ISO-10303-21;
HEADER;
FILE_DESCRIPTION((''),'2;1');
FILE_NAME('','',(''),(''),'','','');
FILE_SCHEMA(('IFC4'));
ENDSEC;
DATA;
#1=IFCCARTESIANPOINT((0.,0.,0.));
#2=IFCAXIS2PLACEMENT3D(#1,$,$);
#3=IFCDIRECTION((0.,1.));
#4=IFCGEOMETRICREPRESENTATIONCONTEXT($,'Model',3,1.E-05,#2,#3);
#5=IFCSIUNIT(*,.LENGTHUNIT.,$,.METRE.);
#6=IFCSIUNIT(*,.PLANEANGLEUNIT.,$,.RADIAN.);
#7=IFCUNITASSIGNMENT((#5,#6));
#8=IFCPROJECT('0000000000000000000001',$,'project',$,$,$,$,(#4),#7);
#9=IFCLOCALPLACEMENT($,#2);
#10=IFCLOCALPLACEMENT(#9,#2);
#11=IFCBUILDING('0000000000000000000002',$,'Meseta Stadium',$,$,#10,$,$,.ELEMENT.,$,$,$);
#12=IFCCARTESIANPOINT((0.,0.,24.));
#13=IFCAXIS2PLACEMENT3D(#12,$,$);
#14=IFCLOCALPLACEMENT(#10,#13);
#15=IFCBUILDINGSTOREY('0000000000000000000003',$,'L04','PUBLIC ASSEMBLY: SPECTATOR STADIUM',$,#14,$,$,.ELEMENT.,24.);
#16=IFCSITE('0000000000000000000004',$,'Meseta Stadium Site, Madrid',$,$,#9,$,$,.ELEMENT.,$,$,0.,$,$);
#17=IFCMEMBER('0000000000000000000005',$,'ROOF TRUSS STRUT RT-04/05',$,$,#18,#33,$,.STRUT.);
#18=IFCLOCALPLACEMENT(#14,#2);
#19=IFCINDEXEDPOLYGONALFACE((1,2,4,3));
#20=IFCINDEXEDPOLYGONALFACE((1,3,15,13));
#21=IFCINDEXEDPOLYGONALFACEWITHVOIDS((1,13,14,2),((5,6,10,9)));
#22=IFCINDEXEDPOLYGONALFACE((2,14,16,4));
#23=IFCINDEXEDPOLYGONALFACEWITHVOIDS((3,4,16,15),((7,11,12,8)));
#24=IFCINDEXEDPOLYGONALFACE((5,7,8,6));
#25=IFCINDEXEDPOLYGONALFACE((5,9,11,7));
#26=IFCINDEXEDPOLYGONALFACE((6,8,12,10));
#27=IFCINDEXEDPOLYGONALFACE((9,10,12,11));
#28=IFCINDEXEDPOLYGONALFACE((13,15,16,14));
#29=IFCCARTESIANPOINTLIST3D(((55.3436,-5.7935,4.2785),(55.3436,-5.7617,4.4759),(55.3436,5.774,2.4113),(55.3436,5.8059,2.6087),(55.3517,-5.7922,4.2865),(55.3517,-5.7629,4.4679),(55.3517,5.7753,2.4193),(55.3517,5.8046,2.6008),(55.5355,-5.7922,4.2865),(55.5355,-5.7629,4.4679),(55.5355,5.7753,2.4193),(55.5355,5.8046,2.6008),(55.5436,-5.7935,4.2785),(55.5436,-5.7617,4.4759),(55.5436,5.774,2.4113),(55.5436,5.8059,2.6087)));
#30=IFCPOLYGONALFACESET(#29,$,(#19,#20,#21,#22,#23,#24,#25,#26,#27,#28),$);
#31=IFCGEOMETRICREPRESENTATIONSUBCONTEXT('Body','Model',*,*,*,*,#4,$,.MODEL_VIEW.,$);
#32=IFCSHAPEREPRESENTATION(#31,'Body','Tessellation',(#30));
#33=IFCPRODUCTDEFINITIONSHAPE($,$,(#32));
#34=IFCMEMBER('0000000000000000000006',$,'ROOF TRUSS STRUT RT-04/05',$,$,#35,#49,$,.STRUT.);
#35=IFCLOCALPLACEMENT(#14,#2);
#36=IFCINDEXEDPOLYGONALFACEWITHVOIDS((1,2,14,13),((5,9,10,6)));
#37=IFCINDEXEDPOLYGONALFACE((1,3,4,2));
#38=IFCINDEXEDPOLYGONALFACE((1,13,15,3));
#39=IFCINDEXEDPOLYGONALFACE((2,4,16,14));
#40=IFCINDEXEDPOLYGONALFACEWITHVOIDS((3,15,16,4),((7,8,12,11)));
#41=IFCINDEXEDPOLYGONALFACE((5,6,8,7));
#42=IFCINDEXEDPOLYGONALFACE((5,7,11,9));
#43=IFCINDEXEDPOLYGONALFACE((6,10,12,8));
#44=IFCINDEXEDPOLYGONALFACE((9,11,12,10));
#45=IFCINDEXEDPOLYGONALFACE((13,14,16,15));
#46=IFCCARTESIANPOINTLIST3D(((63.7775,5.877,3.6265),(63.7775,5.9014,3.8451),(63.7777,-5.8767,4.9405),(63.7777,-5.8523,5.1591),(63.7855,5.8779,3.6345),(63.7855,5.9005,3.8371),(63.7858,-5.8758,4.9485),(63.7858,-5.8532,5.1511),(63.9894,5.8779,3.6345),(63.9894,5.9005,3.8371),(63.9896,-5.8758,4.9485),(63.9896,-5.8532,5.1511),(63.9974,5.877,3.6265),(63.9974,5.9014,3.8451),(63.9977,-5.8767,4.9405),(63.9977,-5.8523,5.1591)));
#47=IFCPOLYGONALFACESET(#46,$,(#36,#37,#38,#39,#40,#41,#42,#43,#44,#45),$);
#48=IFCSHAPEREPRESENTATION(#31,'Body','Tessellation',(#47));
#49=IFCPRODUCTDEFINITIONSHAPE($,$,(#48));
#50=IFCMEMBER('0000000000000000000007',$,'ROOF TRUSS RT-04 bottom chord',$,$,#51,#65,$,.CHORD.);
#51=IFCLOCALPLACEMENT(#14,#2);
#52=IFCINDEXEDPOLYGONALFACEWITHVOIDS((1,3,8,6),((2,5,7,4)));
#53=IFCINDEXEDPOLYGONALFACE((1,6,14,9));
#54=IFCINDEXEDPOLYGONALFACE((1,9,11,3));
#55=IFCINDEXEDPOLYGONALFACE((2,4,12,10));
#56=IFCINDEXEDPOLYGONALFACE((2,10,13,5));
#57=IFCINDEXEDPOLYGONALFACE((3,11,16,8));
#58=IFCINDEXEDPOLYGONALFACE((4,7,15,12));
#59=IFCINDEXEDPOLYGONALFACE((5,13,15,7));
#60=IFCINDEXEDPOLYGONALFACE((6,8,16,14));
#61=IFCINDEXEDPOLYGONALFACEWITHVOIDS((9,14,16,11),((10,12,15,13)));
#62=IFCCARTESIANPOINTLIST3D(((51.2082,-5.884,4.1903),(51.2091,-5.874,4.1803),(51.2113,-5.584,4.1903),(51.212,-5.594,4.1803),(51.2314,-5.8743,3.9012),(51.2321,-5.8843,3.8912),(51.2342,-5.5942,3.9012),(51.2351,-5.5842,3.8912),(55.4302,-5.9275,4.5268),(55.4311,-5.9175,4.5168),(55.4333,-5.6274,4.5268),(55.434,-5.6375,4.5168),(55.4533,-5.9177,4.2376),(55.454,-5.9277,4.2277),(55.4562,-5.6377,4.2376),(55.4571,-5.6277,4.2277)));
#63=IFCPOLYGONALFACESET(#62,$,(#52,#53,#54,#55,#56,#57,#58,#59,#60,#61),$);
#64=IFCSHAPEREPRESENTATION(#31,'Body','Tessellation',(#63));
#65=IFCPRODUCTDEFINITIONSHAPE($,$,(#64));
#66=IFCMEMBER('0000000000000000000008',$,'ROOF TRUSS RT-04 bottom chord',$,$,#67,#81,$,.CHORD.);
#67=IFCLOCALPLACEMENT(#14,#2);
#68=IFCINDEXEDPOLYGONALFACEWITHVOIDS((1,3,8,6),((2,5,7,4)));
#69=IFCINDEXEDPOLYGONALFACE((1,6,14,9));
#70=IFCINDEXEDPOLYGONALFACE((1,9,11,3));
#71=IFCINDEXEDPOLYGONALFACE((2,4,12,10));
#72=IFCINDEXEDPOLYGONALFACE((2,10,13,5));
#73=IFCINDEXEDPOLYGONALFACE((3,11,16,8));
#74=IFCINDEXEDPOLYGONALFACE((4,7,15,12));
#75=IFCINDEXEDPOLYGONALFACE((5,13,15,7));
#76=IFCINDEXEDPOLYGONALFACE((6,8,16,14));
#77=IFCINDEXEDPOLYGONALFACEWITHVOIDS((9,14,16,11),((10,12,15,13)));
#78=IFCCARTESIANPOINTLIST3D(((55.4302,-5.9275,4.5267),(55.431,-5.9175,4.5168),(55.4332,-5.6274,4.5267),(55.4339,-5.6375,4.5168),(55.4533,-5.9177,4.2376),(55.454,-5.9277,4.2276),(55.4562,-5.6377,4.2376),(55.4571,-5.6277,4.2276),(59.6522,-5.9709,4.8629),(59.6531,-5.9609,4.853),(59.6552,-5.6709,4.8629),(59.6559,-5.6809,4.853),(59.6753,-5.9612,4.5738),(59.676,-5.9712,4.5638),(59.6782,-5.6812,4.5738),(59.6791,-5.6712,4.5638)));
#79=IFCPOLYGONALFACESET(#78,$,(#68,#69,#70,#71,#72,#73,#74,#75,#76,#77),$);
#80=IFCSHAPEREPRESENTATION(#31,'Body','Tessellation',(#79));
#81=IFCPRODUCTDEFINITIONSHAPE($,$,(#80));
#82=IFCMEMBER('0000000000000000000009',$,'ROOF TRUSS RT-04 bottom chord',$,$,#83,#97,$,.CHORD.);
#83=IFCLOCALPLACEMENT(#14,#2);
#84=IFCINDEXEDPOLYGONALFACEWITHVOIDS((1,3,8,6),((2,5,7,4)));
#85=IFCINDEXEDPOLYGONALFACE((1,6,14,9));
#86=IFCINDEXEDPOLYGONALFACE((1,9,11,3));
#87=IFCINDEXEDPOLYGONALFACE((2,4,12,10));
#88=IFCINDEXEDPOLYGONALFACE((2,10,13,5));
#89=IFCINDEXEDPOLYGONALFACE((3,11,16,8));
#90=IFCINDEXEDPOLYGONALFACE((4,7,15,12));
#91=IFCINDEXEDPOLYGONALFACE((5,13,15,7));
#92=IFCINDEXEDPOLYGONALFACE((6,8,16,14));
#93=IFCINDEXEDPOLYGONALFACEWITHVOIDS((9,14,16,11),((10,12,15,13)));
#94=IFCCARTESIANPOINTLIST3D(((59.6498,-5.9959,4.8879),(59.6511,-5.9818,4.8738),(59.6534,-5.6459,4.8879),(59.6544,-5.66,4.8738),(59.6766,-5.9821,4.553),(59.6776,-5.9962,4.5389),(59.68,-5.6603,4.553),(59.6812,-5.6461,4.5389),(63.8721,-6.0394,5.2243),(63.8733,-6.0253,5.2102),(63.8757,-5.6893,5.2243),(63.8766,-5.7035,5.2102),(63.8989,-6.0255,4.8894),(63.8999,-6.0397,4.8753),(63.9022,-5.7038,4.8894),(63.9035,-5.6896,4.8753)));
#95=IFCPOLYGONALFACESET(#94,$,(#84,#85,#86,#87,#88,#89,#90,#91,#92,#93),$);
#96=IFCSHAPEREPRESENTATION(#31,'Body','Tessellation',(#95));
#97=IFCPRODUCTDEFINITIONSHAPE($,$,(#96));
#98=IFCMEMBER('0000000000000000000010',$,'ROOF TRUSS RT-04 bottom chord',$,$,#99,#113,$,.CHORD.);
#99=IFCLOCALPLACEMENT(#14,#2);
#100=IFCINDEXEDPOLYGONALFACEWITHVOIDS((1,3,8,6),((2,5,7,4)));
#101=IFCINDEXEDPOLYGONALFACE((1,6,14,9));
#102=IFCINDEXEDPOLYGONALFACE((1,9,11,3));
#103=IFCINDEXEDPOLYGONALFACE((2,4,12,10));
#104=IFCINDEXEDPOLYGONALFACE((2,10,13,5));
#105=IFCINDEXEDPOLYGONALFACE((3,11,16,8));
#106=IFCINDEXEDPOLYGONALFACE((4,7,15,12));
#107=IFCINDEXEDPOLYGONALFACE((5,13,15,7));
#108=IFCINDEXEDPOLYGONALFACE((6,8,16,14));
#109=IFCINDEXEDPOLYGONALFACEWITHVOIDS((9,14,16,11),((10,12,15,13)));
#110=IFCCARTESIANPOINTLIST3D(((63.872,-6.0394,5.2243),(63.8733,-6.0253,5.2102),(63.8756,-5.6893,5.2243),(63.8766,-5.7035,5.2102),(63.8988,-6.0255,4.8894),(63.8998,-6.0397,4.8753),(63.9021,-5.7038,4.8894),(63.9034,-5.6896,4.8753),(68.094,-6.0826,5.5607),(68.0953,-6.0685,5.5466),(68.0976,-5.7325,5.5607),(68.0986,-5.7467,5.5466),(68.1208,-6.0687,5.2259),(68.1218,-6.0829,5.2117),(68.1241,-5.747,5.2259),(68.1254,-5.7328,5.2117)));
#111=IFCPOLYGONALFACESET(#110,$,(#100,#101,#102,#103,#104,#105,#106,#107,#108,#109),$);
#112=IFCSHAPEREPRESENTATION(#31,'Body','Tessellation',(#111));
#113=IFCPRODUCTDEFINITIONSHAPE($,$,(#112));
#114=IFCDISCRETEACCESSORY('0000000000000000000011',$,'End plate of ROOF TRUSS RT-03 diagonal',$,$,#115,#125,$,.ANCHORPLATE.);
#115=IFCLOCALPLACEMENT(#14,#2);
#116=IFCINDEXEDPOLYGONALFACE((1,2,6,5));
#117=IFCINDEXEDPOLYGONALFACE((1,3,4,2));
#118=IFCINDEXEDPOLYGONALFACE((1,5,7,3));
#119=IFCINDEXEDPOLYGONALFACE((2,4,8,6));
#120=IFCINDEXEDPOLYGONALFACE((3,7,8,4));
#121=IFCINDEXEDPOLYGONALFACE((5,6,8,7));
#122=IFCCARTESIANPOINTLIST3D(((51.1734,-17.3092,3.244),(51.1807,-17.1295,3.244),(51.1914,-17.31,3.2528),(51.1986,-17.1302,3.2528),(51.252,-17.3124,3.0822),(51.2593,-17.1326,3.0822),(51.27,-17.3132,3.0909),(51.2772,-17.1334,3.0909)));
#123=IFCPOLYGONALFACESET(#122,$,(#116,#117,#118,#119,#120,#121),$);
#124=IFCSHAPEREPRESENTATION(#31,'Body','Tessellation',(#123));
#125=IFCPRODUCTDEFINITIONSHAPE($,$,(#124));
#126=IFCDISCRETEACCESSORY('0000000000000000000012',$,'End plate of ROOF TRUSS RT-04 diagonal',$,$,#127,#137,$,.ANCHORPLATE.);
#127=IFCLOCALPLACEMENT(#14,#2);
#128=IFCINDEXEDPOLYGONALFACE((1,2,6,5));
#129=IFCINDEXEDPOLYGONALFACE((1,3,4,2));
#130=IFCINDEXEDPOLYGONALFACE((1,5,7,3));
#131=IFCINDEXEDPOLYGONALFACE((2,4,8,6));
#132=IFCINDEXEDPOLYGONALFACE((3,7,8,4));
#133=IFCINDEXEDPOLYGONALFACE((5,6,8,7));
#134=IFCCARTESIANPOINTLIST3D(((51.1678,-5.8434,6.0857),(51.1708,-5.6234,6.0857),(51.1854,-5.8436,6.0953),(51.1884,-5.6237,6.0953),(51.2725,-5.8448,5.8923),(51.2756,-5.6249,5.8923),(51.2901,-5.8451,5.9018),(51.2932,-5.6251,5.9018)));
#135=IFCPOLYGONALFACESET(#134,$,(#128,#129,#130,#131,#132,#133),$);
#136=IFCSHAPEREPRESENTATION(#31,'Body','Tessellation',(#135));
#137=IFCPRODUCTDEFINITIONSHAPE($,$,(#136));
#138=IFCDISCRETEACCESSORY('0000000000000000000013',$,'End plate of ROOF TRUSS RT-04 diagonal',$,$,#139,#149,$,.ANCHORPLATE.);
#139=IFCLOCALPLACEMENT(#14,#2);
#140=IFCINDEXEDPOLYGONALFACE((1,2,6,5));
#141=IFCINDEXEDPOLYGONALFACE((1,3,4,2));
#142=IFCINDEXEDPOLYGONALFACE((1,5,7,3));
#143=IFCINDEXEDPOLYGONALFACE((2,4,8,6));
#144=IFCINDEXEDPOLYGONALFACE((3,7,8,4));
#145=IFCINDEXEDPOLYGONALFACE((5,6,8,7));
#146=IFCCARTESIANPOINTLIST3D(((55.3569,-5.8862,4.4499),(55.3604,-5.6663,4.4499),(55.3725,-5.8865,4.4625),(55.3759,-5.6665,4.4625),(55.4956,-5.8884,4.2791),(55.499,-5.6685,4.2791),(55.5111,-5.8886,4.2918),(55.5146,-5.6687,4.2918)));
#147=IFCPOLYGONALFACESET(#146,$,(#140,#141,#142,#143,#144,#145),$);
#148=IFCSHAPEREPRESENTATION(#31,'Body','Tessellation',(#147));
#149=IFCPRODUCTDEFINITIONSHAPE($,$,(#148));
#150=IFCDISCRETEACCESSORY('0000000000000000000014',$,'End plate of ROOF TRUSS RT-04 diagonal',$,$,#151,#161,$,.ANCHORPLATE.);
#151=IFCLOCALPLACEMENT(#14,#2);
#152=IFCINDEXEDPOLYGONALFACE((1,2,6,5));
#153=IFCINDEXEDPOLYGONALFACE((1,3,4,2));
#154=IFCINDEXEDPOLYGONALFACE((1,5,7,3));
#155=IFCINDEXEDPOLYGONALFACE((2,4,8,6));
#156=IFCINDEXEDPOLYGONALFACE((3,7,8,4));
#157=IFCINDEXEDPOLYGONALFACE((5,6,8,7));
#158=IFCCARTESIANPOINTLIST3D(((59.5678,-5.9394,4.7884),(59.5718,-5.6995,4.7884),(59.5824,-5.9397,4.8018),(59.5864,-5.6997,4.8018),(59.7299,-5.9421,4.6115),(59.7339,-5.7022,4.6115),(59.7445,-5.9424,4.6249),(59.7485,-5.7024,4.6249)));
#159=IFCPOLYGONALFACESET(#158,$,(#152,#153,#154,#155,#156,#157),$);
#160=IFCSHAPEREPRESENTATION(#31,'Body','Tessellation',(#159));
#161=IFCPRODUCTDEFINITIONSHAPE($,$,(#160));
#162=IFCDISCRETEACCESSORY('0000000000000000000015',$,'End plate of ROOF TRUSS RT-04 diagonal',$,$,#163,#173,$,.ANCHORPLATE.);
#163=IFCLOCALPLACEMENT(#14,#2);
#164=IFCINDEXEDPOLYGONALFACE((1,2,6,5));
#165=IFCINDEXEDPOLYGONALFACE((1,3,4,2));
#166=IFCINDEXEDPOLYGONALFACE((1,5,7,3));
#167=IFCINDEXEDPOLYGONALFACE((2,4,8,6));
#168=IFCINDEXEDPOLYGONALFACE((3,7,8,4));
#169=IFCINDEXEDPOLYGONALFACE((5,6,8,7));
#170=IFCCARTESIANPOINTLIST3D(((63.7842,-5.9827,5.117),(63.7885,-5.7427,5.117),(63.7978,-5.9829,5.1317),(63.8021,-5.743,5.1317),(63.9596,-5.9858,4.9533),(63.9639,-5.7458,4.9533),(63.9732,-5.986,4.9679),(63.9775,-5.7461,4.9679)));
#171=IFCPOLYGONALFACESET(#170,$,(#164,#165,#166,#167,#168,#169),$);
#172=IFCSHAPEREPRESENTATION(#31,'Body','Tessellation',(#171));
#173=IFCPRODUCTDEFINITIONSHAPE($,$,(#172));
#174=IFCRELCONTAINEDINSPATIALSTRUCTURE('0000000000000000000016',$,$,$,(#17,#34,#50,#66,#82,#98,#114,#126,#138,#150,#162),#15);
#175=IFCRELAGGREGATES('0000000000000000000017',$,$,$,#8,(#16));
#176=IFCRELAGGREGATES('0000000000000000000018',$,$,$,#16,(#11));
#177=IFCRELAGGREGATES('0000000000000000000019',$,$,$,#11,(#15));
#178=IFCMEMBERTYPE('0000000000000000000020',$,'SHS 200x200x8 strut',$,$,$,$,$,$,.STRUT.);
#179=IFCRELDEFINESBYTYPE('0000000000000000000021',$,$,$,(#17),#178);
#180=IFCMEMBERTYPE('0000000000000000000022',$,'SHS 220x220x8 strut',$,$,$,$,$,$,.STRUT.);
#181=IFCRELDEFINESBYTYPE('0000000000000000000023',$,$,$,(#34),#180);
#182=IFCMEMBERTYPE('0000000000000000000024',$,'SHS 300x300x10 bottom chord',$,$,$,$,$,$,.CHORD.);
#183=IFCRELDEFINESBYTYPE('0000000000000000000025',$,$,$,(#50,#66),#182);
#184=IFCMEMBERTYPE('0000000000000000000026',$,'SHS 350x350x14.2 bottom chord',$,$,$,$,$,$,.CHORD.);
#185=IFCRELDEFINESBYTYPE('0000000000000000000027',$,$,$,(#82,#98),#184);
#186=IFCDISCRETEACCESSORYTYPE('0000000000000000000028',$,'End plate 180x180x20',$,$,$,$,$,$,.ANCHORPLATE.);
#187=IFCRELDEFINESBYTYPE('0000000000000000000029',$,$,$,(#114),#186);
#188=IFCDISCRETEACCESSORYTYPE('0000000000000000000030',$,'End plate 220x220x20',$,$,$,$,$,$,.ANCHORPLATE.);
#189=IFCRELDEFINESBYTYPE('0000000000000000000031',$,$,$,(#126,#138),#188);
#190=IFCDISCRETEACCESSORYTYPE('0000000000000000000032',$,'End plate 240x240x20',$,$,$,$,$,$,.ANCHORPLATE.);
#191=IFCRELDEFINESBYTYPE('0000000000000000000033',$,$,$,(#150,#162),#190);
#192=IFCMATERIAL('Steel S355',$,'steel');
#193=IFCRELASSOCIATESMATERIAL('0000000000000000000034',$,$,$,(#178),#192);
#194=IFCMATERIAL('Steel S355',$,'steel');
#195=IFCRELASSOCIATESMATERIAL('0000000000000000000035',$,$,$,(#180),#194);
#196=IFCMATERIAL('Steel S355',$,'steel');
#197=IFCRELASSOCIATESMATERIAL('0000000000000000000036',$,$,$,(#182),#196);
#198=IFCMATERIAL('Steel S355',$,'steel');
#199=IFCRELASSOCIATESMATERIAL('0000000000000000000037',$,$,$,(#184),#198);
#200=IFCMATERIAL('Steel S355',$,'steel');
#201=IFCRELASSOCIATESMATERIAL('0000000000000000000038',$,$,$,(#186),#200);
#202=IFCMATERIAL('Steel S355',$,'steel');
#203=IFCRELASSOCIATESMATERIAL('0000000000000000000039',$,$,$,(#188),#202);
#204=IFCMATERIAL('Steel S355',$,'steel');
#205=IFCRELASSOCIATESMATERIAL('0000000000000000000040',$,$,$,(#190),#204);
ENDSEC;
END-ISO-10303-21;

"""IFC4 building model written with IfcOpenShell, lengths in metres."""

from ifc_helpers import new_model, si_unit, direction, frame, origin, origin_2d, place, context, subcontext, project, spatial, rectangle, hollow_rectangle, extrude, material, material_profile, profile_set, type_object, element, save


model = new_model("IFC4")

# Units and contexts
model_context = context("Model", 3, precision=1e-05, world=origin(), true_north=direction((0.0, 1.0)))
body_context = subcontext(model_context, "Body", "Model", "MODEL_VIEW")
ifc_project = project(units=[si_unit("LENGTHUNIT", "METRE"), si_unit("PLANEANGLEUNIT", "RADIAN")], contexts=[model_context])

# Site, building, storey
site_placement = place(None, origin())
site = spatial("IfcSite", under=ifc_project, at=site_placement, Name="Meseta Stadium Site, Madrid", CompositionType="ELEMENT", RefElevation=0.0)
building_placement = place(site_placement, origin())
building = spatial("IfcBuilding", under=site, at=building_placement, Name="Meseta Stadium", CompositionType="ELEMENT")
storey_placement = place(building_placement, frame((0.0, 0.0, 24.0)))
storey = spatial("IfcBuildingStorey", under=building, at=storey_placement, Name="L04", Description="PUBLIC ASSEMBLY: SPECTATOR STADIUM", CompositionType="ELEMENT", Elevation=24.0)

# Members
ifc_material_1 = material(Name="Steel S355", Category="steel")
ifc_material_profile_1 = material_profile(ifc_material_1, hollow_rectangle(XDim=0.2, YDim=0.2, WallThickness=0.0081, at=origin_2d()), Name="SHS 200x200x8")
ifc_profile_set_1 = profile_set([ifc_material_profile_1], Name="Steel S355")
member_type_1 = type_object("IfcMemberType", Name="SHS 200x200x8 strut", PredefinedType="STRUT", material=ifc_profile_set_1)
member_1_placement = place(storey_placement, frame((55.4436, -5.7776, 4.3772), z_axis=(0.0, 0.987222, -0.159352), x_axis=(-1.0, 0.0, 0.0)))
element("IfcMember", 1, at=member_1_placement, inside=storey, type_object=member_type_1, Name="ROOF TRUSS STRUT RT-04/05", PredefinedType="STRUT", context=body_context, shape_type="SweptSolid", body=[
    extrude(hollow_rectangle(XDim=0.2, YDim=0.2, WallThickness=0.0081, at=origin_2d()), origin(), (0.0, 0.0, 1.0), 11.7173),
])
ifc_material_2 = material(Name="Steel S355", Category="steel")
ifc_material_profile_2 = material_profile(ifc_material_2, hollow_rectangle(XDim=0.22, YDim=0.22, WallThickness=0.0081, at=origin_2d()), Name="SHS 220x220x8")
ifc_profile_set_2 = profile_set([ifc_material_profile_2], Name="Steel S355")
member_type_2 = type_object("IfcMemberType", Name="SHS 220x220x8 strut", PredefinedType="STRUT", material=ifc_profile_set_2)
member_2_placement = place(storey_placement, frame((63.8877, -5.8645, 5.0498), z_axis=(-0.000021, 0.993809, -0.1111), x_axis=(-1.0, -0.000021, 0.0)))
element("IfcMember", 2, at=member_2_placement, inside=storey, type_object=member_type_2, Name="ROOF TRUSS STRUT RT-04/05", PredefinedType="STRUT", context=body_context, shape_type="SweptSolid", body=[
    extrude(hollow_rectangle(XDim=0.22, YDim=0.22, WallThickness=0.0081, at=origin_2d()), origin(), (0.0, 0.0, 1.0), 11.8269),
])
ifc_material_3 = material(Name="Steel S355", Category="steel")
ifc_material_profile_3 = material_profile(ifc_material_3, hollow_rectangle(XDim=0.3, YDim=0.3, WallThickness=0.01, at=origin_2d()), Name="SHS 300x300x10")
ifc_profile_set_3 = profile_set([ifc_material_profile_3], Name="Steel S355")
member_type_3 = type_object("IfcMemberType", Name="SHS 300x300x10 bottom chord", PredefinedType="CHORD", material=ifc_profile_set_3)
for number, where, z_axis, x_axis, name in (
    (3, (51.2217, -5.7341, 4.0408), (0.996788, -0.01026, 0.079429), (0.010293, 0.999947, 0.0), "ROOF TRUSS RT-04 bottom chord"),
    (4, (55.4436, -5.7776, 4.3772), (0.996792, -0.01026, 0.079372), (0.010293, 0.999947, 0.0), "ROOF TRUSS RT-04 bottom chord"),
):
    element("IfcMember", number, at=place(storey_placement, frame(where, z_axis=z_axis, x_axis=x_axis)), inside=storey, type_object=member_type_3, Name=name, PredefinedType="CHORD", context=body_context, shape_type="SweptSolid", body=[
        extrude(hollow_rectangle(XDim=0.3, YDim=0.3, WallThickness=0.01, at=origin_2d()), origin(), (0.0, 0.0, 1.0), 4.2356),
    ])
ifc_material_4 = material(Name="Steel S355", Category="steel")
ifc_material_profile_4 = material_profile(ifc_material_4, hollow_rectangle(XDim=0.3501, YDim=0.3501, WallThickness=0.0142, at=origin_2d()), Name="SHS 350x350x14.2")
ifc_profile_set_4 = profile_set([ifc_material_profile_4], Name="Steel S355")
member_type_4 = type_object("IfcMemberType", Name="SHS 350x350x14.2 bottom chord", PredefinedType="CHORD", material=ifc_profile_set_4)
member_3_placement = place(storey_placement, frame((59.6655, -5.821, 4.7134), z_axis=(0.996788, -0.01026, 0.079425), x_axis=(0.010292, 0.999947, 0.0)))
element("IfcMember", 5, at=member_3_placement, inside=storey, type_object=member_type_4, Name="ROOF TRUSS RT-04 bottom chord", PredefinedType="CHORD", context=body_context, shape_type="SweptSolid", body=[
    extrude(hollow_rectangle(XDim=0.3501, YDim=0.3501, WallThickness=0.0142, at=origin_2d()), origin(), (0.0, 0.0, 1.0), 4.2358),
])
member_4_placement = place(storey_placement, frame((63.8877, -5.8645, 5.0498), z_axis=(0.996788, -0.010202, 0.079429), x_axis=(0.010235, 0.999948, 0.0)))
element("IfcMember", 6, at=member_4_placement, inside=storey, type_object=member_type_4, Name="ROOF TRUSS RT-04 bottom chord", PredefinedType="CHORD", context=body_context, shape_type="SweptSolid", body=[
    extrude(hollow_rectangle(XDim=0.3501, YDim=0.3501, WallThickness=0.0142, at=origin_2d()), origin(), (0.0, 0.0, 1.0), 4.2356),
])

# Discrete accessories
ifc_material_5 = material(Name="Steel S355", Category="steel")
ifc_material_profile_5 = material_profile(ifc_material_5, rectangle(XDim=0.1799, YDim=0.1799, at=origin_2d()), Name="PL 180x180")
ifc_profile_set_5 = profile_set([ifc_material_profile_5], Name="Steel S355")
discrete_accessory_type_1 = type_object("IfcDiscreteAccessoryType", Name="End plate 180x180x20", PredefinedType="ANCHORPLATE", material=ifc_profile_set_5)
discrete_accessory_1_placement = place(storey_placement, frame((51.2163, -17.2209, 3.1631), z_axis=(0.898638, -0.036431, 0.437175), x_axis=(0.040507, 0.999179, 0.0)))
element("IfcDiscreteAccessory", 7, at=discrete_accessory_1_placement, inside=storey, type_object=discrete_accessory_type_1, Name="End plate of ROOF TRUSS RT-03 diagonal", PredefinedType="ANCHORPLATE", context=body_context, shape_type="SweptSolid", body=[
    extrude(rectangle(XDim=0.1799, YDim=0.1799, at=origin_2d()), origin(), (0.0, 0.0, 1.0), 0.02),
])
ifc_material_6 = material(Name="Steel S355", Category="steel")
ifc_material_profile_6 = material_profile(ifc_material_6, rectangle(XDim=0.22, YDim=0.22, at=origin_2d()), Name="PL 220x220")
ifc_profile_set_6 = profile_set([ifc_material_profile_6], Name="Steel S355")
discrete_accessory_type_2 = type_object("IfcDiscreteAccessoryType", Name="End plate 220x220x20", PredefinedType="ANCHORPLATE", material=ifc_profile_set_6)
for number, where, z_axis, x_axis, name in (
    (8, (51.2217, -5.7341, 5.989), (0.879226, -0.012211, 0.476248), (0.013888, 0.999904, 0.0), "End plate of ROOF TRUSS RT-04 diagonal"),
    (9, (55.428, -5.7773, 4.3645), (0.776057, -0.012126, 0.630546), (0.015623, 0.999878, 0.0), "End plate of ROOF TRUSS RT-04 diagonal"),
):
    element("IfcDiscreteAccessory", number, at=place(storey_placement, frame(where, z_axis=z_axis, x_axis=x_axis)), inside=storey, type_object=discrete_accessory_type_2, Name=name, PredefinedType="ANCHORPLATE", context=body_context, shape_type="SweptSolid", body=[
        extrude(rectangle(XDim=0.22, YDim=0.22, at=origin_2d()), origin(), (0.0, 0.0, 1.0), 0.02),
    ])
ifc_material_7 = material(Name="Steel S355", Category="steel")
ifc_material_profile_7 = material_profile(ifc_material_7, rectangle(XDim=0.24, YDim=0.24, at=origin_2d()), Name="PL 240x240")
ifc_profile_set_7 = profile_set([ifc_material_profile_7], Name="Steel S355")
discrete_accessory_type_3 = type_object("IfcDiscreteAccessoryType", Name="End plate 240x240x20", PredefinedType="ANCHORPLATE", material=ifc_profile_set_7)
discrete_accessory_2_placement = place(storey_placement, frame((59.6509, -5.8208, 4.7), z_axis=(0.737099, -0.012285, 0.675674), x_axis=(0.016664, 0.999861, 0.0)))
element("IfcDiscreteAccessory", 10, at=discrete_accessory_2_placement, inside=storey, type_object=discrete_accessory_type_3, Name="End plate of ROOF TRUSS RT-04 diagonal", PredefinedType="ANCHORPLATE", context=body_context, shape_type="SweptSolid", body=[
    extrude(rectangle(XDim=0.24, YDim=0.24, at=origin_2d()), origin(), (0.0, 0.0, 1.0), 0.0198),
])
for number, where, z_axis, x_axis, name in (
    (11, (63.874, -5.8643, 5.0352), (0.682268, -0.012183, 0.731001), (0.017854, 0.999841, 0.0), "End plate of ROOF TRUSS RT-04 diagonal"),
):
    element("IfcDiscreteAccessory", number, at=place(storey_placement, frame(where, z_axis=z_axis, x_axis=x_axis)), inside=storey, type_object=discrete_accessory_type_3, Name=name, PredefinedType="ANCHORPLATE", context=body_context, shape_type="SweptSolid", body=[
        extrude(rectangle(XDim=0.24, YDim=0.24, at=origin_2d()), origin(), (0.0, 0.0, 1.0), 0.02),
    ])

save(model, "model.ifc")
